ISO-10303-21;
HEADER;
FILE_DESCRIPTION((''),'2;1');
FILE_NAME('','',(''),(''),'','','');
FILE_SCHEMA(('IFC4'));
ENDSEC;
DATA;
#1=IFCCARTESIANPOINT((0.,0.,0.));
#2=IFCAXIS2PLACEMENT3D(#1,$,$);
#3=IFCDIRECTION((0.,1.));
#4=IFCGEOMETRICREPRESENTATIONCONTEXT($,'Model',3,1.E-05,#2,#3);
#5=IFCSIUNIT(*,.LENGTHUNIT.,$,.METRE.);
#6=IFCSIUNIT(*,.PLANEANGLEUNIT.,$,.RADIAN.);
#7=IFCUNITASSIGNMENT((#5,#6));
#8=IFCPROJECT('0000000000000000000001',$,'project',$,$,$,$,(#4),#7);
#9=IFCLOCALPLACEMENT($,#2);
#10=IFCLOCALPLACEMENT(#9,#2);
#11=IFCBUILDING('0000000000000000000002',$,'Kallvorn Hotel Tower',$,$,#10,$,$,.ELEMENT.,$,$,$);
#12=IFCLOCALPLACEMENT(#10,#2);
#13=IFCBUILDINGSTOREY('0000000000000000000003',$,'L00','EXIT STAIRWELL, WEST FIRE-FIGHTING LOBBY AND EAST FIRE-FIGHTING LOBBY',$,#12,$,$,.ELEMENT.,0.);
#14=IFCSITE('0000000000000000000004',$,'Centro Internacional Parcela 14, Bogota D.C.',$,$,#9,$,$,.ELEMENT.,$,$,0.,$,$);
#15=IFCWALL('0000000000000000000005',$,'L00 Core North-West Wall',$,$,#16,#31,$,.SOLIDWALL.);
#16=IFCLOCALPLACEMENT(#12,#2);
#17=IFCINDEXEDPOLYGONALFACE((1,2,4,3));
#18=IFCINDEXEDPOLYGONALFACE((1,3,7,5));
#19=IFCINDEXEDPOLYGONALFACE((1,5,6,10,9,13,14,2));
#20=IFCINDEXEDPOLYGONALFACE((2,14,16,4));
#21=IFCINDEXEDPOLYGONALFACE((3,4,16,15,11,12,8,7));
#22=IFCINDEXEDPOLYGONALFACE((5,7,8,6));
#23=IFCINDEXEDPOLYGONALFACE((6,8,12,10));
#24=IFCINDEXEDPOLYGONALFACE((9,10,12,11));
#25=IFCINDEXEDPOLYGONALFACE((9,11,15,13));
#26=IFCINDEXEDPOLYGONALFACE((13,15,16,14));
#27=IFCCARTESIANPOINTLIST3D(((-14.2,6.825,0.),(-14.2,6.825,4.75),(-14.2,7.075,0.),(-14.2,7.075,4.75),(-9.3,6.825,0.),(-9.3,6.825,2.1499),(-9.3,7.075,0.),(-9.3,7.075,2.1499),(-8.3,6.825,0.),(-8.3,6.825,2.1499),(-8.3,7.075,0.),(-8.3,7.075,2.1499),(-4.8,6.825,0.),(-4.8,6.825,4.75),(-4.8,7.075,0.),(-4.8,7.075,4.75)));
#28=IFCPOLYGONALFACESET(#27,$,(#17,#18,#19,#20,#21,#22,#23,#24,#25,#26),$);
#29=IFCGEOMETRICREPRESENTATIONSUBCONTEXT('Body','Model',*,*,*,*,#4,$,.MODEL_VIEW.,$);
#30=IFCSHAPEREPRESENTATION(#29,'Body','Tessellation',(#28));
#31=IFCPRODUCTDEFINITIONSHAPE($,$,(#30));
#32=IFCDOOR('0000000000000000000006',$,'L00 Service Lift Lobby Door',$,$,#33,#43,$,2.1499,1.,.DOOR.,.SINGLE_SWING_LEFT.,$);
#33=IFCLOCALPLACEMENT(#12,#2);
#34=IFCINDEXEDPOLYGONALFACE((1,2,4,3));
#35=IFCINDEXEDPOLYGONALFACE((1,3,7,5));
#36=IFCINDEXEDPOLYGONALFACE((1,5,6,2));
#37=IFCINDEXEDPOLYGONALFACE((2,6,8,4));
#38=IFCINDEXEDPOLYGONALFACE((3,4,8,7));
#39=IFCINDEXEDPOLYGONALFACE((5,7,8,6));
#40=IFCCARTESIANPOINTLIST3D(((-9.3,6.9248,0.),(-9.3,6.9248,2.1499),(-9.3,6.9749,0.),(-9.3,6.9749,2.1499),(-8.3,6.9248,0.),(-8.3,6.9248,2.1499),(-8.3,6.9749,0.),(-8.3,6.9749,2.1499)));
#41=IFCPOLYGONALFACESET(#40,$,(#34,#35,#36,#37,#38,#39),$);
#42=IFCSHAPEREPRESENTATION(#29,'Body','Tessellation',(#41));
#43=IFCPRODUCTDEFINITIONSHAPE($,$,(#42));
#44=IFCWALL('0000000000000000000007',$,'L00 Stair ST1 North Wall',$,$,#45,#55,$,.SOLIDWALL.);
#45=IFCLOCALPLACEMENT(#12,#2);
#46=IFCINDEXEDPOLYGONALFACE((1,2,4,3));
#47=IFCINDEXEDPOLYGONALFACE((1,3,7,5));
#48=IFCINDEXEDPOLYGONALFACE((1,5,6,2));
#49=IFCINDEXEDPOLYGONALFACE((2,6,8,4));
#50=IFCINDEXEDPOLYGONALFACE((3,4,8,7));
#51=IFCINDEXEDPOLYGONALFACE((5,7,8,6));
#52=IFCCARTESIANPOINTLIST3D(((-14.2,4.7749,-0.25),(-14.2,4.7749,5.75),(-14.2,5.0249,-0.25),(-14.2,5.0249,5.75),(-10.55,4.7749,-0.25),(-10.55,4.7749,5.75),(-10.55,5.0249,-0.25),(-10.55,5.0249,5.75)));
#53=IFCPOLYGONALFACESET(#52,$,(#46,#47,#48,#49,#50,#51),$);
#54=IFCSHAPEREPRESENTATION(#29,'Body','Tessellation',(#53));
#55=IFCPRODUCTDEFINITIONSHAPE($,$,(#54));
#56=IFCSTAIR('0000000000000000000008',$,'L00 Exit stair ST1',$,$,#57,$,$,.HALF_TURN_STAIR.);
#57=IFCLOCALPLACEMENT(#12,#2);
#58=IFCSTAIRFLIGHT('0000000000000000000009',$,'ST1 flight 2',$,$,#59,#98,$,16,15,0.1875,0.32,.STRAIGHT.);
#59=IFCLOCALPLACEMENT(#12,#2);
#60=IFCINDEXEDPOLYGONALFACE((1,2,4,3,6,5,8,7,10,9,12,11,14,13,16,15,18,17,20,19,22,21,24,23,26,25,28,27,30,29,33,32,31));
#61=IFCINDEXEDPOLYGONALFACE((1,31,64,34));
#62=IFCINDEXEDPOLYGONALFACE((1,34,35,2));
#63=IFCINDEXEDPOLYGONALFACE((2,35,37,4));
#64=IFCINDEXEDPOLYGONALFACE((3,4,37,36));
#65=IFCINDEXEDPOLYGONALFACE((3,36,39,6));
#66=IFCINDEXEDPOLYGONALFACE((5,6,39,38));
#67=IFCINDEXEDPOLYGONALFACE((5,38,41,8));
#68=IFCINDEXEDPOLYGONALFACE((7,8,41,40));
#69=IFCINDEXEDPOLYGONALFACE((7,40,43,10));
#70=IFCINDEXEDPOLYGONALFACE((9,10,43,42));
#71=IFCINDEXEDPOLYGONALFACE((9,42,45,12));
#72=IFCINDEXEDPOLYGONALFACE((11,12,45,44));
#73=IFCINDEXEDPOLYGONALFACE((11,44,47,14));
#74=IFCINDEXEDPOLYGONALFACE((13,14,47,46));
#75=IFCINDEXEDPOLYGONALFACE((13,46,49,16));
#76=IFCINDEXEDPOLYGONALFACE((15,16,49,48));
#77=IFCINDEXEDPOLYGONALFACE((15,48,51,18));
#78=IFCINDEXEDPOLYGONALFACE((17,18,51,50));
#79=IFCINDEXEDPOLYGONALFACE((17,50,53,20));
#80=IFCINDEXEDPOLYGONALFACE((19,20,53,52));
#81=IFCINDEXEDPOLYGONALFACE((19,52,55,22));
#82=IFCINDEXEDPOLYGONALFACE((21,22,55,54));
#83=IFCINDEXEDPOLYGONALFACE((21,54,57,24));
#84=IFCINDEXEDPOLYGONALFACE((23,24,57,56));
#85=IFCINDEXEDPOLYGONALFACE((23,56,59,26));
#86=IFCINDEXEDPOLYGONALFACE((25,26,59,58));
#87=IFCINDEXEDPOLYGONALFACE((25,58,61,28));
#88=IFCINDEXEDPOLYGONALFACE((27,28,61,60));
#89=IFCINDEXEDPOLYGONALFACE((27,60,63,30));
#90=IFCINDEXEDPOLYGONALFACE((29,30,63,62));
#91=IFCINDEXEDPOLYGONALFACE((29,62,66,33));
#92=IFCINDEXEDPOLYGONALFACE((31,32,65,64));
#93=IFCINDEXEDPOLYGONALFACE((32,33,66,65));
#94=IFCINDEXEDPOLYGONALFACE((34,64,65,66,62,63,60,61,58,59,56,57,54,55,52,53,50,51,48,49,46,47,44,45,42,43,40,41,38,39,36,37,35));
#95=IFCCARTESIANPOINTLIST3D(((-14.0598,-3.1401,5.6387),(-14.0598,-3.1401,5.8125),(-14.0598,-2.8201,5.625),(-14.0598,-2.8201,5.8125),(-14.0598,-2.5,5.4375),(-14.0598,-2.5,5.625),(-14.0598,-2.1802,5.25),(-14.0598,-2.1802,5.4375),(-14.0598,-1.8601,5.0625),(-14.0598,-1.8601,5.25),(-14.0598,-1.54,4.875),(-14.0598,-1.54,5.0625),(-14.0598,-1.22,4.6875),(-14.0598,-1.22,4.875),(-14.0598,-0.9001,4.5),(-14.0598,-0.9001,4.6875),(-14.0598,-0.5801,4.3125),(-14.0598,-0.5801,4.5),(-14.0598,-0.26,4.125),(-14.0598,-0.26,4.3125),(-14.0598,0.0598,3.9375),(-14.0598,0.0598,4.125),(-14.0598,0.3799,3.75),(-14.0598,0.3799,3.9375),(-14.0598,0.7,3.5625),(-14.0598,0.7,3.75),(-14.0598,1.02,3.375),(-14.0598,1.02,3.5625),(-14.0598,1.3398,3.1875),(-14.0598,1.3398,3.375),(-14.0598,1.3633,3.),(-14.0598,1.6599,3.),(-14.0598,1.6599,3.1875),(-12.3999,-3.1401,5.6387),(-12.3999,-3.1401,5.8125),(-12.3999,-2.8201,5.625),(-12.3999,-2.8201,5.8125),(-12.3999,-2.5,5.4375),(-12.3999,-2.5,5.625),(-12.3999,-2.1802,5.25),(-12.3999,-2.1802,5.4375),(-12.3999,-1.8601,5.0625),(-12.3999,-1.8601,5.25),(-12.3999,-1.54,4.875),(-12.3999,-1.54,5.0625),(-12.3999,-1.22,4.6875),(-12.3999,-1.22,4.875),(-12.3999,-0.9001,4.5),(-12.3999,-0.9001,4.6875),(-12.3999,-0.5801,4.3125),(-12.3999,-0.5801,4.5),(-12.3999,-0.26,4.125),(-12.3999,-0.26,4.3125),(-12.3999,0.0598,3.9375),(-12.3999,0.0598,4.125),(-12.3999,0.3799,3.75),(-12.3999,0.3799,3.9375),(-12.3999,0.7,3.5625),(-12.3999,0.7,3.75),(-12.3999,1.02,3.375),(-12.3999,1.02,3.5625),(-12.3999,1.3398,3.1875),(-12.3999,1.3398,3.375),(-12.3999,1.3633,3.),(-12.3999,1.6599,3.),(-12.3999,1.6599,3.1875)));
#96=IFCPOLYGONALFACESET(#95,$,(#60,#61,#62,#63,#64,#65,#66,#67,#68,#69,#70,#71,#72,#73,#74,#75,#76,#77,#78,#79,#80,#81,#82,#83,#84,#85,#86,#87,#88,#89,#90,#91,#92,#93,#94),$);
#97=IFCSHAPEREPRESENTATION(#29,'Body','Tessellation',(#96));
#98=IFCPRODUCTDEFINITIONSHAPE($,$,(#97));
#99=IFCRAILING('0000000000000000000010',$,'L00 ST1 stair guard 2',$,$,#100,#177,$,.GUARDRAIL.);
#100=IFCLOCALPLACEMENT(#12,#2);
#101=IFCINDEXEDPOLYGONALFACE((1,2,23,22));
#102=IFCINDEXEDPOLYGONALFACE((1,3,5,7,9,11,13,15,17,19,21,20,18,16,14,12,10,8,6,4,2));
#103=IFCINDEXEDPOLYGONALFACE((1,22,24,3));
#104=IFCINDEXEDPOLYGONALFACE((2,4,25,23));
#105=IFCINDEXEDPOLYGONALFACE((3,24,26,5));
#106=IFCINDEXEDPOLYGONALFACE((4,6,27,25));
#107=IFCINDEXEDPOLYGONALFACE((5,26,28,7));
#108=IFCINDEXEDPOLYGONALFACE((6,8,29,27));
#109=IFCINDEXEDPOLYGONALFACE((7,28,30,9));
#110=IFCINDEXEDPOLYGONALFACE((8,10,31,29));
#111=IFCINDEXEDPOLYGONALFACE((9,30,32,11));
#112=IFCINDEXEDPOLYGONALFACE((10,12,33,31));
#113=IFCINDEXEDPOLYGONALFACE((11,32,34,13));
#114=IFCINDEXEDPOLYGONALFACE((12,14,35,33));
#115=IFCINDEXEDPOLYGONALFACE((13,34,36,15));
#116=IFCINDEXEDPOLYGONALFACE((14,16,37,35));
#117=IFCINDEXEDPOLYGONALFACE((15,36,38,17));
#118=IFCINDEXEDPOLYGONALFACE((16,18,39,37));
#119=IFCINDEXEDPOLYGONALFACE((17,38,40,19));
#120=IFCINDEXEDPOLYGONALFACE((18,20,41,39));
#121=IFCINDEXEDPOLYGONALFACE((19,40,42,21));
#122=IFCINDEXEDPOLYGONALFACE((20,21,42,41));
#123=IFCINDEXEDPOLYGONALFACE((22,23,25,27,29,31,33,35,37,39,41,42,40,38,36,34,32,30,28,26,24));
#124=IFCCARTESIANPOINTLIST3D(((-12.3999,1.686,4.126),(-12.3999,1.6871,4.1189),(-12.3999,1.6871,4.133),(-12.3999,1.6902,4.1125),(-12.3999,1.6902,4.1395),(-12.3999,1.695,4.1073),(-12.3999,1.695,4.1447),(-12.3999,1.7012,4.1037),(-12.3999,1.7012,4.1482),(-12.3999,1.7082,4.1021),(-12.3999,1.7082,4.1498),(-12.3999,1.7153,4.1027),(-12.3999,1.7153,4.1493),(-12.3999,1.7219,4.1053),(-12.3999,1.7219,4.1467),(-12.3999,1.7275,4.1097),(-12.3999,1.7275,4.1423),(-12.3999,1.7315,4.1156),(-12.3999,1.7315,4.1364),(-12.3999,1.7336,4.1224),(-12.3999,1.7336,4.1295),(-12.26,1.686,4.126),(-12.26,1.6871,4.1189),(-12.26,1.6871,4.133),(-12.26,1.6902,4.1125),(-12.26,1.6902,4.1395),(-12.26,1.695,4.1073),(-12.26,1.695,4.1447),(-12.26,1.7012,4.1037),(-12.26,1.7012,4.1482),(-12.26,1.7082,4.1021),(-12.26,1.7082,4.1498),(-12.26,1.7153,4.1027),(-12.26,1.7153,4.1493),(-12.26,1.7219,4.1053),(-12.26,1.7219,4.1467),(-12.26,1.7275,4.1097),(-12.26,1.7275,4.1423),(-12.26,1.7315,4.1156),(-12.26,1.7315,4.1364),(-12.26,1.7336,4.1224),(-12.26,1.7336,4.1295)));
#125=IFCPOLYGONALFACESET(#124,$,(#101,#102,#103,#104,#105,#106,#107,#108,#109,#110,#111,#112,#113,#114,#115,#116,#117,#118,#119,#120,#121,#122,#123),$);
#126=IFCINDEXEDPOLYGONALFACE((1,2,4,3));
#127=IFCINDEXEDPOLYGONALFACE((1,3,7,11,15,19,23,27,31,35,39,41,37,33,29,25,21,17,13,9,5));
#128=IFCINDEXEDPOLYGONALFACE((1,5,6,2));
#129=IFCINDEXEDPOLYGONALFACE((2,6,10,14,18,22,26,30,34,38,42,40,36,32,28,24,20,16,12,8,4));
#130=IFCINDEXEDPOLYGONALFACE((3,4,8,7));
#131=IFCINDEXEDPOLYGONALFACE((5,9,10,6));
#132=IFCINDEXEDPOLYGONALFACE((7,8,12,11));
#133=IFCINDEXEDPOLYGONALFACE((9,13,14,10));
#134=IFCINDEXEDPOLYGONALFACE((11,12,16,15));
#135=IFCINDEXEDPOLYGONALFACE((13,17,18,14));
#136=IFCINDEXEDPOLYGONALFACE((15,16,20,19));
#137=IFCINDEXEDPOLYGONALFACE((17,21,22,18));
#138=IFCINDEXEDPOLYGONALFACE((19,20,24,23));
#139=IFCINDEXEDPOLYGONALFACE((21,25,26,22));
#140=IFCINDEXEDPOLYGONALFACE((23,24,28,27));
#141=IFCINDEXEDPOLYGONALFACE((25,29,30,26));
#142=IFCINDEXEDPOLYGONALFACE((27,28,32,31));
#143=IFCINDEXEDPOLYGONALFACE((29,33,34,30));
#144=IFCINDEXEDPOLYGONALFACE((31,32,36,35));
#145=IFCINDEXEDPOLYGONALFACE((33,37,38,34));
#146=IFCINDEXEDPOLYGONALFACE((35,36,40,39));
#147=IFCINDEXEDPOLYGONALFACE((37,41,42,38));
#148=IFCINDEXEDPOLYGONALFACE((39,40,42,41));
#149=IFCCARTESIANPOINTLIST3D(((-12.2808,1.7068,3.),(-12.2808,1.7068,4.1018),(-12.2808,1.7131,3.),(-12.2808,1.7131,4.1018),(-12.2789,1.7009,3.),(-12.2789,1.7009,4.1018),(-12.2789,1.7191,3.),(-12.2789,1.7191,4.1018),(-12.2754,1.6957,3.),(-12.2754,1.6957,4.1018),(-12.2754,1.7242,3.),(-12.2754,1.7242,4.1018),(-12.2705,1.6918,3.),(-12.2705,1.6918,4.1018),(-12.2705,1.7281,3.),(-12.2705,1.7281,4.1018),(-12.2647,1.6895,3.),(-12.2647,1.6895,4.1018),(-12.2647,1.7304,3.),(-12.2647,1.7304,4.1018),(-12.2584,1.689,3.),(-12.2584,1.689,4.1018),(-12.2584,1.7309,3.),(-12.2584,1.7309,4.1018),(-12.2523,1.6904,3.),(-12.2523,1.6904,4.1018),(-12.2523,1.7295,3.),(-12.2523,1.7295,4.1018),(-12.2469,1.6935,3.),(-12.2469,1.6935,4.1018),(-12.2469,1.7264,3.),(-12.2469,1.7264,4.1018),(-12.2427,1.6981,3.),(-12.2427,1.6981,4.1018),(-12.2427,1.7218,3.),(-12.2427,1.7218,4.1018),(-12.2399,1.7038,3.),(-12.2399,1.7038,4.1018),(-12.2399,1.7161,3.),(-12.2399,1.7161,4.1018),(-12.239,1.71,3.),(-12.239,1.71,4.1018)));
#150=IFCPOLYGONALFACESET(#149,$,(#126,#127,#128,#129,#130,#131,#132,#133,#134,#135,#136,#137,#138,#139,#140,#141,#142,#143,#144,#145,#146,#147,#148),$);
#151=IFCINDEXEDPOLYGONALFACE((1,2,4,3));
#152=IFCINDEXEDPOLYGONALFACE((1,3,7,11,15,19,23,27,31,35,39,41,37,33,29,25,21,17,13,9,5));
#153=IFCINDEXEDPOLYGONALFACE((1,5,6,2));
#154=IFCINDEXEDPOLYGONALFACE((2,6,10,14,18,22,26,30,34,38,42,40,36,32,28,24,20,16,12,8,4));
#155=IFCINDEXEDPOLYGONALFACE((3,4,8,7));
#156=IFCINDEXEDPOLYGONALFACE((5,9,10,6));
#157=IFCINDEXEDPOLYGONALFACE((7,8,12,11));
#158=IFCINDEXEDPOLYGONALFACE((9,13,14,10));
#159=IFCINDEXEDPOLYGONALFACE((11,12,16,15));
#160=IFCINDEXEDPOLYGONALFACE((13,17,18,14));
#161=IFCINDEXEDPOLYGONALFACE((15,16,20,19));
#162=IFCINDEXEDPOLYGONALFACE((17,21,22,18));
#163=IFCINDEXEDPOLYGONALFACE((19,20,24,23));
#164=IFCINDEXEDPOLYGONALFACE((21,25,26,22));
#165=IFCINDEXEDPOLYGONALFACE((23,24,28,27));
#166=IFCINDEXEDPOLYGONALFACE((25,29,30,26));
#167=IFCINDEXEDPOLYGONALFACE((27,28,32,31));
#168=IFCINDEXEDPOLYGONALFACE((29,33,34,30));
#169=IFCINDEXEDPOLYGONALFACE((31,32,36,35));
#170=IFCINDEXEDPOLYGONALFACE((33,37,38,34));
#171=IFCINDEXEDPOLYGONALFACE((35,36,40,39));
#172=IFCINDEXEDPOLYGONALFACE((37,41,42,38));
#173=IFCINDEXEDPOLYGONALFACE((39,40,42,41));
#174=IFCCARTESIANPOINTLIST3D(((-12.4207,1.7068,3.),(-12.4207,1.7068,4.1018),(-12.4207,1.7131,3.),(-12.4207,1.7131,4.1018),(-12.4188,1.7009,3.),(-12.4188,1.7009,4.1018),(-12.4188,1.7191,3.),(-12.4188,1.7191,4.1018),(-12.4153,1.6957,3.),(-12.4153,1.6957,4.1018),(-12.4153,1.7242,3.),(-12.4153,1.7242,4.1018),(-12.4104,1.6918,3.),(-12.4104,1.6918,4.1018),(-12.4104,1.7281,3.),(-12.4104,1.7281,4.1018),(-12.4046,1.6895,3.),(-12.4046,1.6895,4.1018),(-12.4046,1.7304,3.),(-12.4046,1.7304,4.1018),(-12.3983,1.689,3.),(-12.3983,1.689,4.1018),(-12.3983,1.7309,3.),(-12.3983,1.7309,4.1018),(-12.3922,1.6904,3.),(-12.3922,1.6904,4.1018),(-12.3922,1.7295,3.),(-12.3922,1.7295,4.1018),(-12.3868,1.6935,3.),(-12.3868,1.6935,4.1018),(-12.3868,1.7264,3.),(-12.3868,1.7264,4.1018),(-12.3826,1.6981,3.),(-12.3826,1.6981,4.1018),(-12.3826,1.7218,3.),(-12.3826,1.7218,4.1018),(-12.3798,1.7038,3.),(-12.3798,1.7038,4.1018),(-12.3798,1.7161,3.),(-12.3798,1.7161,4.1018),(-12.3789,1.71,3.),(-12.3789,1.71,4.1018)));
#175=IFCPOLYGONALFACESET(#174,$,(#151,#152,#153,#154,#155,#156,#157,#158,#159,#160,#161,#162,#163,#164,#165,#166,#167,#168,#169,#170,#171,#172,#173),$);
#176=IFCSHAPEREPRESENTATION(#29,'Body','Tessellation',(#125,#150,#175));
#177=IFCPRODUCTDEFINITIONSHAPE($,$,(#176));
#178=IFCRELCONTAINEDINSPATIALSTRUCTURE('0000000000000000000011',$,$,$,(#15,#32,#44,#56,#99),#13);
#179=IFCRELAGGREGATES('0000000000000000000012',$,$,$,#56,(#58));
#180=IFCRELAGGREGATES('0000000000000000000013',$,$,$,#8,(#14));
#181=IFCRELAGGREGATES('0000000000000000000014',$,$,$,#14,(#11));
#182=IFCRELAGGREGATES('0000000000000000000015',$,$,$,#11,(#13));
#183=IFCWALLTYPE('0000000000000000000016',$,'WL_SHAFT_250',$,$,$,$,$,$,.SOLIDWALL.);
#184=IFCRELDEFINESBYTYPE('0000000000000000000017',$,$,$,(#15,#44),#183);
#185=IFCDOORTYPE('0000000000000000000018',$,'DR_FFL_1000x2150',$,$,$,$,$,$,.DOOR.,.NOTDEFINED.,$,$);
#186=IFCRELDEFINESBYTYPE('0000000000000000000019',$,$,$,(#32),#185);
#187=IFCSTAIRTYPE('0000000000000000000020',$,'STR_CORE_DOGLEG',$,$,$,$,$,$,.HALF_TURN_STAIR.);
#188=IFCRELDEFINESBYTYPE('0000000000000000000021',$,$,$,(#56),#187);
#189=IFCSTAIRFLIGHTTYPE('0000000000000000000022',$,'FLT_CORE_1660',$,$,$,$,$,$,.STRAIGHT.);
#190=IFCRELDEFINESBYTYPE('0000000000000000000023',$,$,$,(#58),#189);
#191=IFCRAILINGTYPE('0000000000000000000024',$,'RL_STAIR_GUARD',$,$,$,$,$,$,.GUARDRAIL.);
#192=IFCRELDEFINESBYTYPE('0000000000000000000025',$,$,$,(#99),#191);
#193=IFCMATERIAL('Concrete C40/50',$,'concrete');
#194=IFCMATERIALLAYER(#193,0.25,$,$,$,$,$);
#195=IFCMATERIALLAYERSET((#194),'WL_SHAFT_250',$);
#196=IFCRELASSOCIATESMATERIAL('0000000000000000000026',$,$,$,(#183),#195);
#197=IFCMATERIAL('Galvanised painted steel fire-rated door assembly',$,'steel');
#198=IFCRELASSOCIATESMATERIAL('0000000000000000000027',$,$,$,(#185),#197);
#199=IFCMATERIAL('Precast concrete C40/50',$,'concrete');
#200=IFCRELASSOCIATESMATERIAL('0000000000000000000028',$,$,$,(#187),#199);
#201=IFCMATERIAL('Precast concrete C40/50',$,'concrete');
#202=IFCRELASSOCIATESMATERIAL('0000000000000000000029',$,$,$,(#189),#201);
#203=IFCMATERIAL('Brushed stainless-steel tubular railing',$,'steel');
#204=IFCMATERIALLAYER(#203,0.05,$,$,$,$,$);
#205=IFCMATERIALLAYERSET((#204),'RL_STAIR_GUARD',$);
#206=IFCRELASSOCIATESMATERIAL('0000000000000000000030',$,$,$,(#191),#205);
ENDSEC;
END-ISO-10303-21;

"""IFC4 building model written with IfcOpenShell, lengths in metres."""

from ifc_helpers import new_model, si_unit, direction, frame, frame_2d, origin, origin_2d, place, context, subcontext, project, spatial, polyline, rectangle, circle, outline, extrude, material, layer, layer_set, type_object, element, fill, aggregate, save


model = new_model("IFC4")

# Units and contexts
model_context = context("Model", 3, precision=1e-05, world=origin(), true_north=direction((0.0, 1.0)))
body_context = subcontext(model_context, "Body", "Model", "MODEL_VIEW")
ifc_project = project(units=[si_unit("LENGTHUNIT", "METRE"), si_unit("PLANEANGLEUNIT", "RADIAN")], contexts=[model_context])

# Site, building, storey
site_placement = place(None, origin())
site = spatial("IfcSite", under=ifc_project, at=site_placement, Name="Centro Internacional Parcela 14, Bogota D.C.", CompositionType="ELEMENT", RefElevation=0.0)
building_placement = place(site_placement, origin())
building = spatial("IfcBuilding", under=site, at=building_placement, Name="Kallvorn Hotel Tower", CompositionType="ELEMENT")
storey_placement = place(building_placement, origin())
storey = spatial("IfcBuildingStorey", under=building, at=storey_placement, Name="L00", Description="EXIT STAIRWELL, WEST FIRE-FIGHTING LOBBY AND EAST FIRE-FIGHTING LOBBY", CompositionType="ELEMENT", Elevation=0.0)

# Wall, opening, door
ifc_material_1 = material(Name="Concrete C40/50", Category="concrete")
ifc_layer_1 = layer(ifc_material_1, 0.25)
ifc_layer_set_1 = layer_set([ifc_layer_1], Name="WL_SHAFT_250")
wall_type_1 = type_object("IfcWallType", Name="WL_SHAFT_250", PredefinedType="SOLIDWALL", material=ifc_layer_set_1)
wall_1_placement = place(storey_placement, frame((-14.2, 6.95, 0.0), z_axis=(0.0, 0.0, 1.0), x_axis=(1.0, 0.0, 0.0)))
wall_1 = element("IfcWall", 1, at=wall_1_placement, inside=storey, type_object=wall_type_1, Name="L00 Core North-West Wall", PredefinedType="SOLIDWALL", context=body_context, shape_type="SweptSolid", body=[
    extrude(rectangle(XDim=9.3999, YDim=0.25, at=frame_2d((4.7, 0.0))), origin(), (0.0, 0.0, 1.0), 4.75),
])
opening_1_placement = place(wall_1_placement, frame((4.8999, 0.0, 0.0)))
opening_1 = element("IfcOpeningElement", 2, at=opening_1_placement, cuts=wall_1, PredefinedType="OPENING", context=body_context, shape_type="SweptSolid", body=[
    extrude(rectangle(XDim=1.0, YDim=2.1499, at=frame_2d((0.5, 1.075))), frame((0.0, 0.1399, 0.0), z_axis=(0.0, -1.0, 0.0), x_axis=(1.0, 0.0, 0.0)), (0.0, 0.0, 1.0), 0.28),
])
ifc_material_2 = material(Name="Galvanised painted steel fire-rated door assembly", Category="steel")
door_type_1 = type_object("IfcDoorType", Name="DR_FFL_1000x2150", OperationType="NOTDEFINED", PredefinedType="DOOR", material=ifc_material_2)
door_1_placement = place(opening_1_placement, origin())
door_1 = element("IfcDoor", 3, at=door_1_placement, inside=storey, type_object=door_type_1, Name="L00 Service Lift Lobby Door", OperationType="SINGLE_SWING_LEFT", OverallHeight=2.1499, OverallWidth=1.0, PredefinedType="DOOR", context=body_context, shape_type="SweptSolid", body=[
    extrude(rectangle(XDim=1.0, YDim=2.1499, at=frame_2d((0.5, 1.075))), frame((0.0, 0.0249, 0.0), z_axis=(0.0, -1.0, 0.0), x_axis=(1.0, 0.0, 0.0)), (0.0, 0.0, 1.0), 0.05),
])
fill(opening_1, door_1)

# Wall
wall_2_placement = place(storey_placement, frame((-14.2, 4.8999, -0.25), z_axis=(0.0, 0.0, 1.0), x_axis=(1.0, 0.0, 0.0)))
element("IfcWall", 4, at=wall_2_placement, inside=storey, type_object=wall_type_1, Name="L00 Stair ST1 North Wall", PredefinedType="SOLIDWALL", context=body_context, shape_type="SweptSolid", body=[
    extrude(rectangle(XDim=3.6499, YDim=0.25, at=frame_2d((1.825, 0.0))), origin(), (0.0, 0.0, 1.0), 6.0),
])

# Stair, stair flight
ifc_material_3 = material(Name="Precast concrete C40/50", Category="concrete")
stair_type = type_object("IfcStairType", Name="STR_CORE_DOGLEG", PredefinedType="HALF_TURN_STAIR", material=ifc_material_3)
stair_placement = place(storey_placement, origin())
stair = element("IfcStair", 5, at=stair_placement, inside=storey, type_object=stair_type, Name="L00 Exit stair ST1", PredefinedType="HALF_TURN_STAIR")
ifc_material_4 = material(Name="Precast concrete C40/50", Category="concrete")
stair_flight_type = type_object("IfcStairFlightType", Name="FLT_CORE_1660", PredefinedType="STRAIGHT", material=ifc_material_4)
stair_flight_placement = place(storey_placement, frame((-13.23, 1.6599, 3.0), z_axis=(0.0, 0.0, 1.0), x_axis=(0.0, -1.0, 0.0)))
stair_flight = element("IfcStairFlight", 6, at=stair_flight_placement, type_object=stair_flight_type, Name="ST1 flight 2", NumberOfRisers=16, NumberOfTreads=15, PredefinedType="STRAIGHT", RiserHeight=0.1875, TreadLength=0.32, context=body_context, shape_type="SweptSolid", body=[
    extrude(outline(polyline([(0.0, 0.0), (0.0, 0.1875), (0.3201, 0.1875), (0.3201, 0.375), (0.6399, 0.375), (0.6399, 0.5625), (0.96, 0.5625), (0.96, 0.75), (1.28, 0.75), (1.28, 0.9375), (1.6001, 0.9375), (1.6001, 1.125), (1.9199, 1.125), (1.9199, 1.3125), (2.24, 1.3125), (2.24, 1.5), (2.5601, 1.5), (2.5601, 1.6875), (2.8799, 1.6875), (2.8799, 1.875), (3.2, 1.875), (3.2, 2.0625), (3.52, 2.0625), (3.52, 2.25), (3.8401, 2.25), (3.8401, 2.4375), (4.1599, 2.4375), (4.1599, 2.625), (4.48, 2.625), (4.48, 2.8125), (4.8, 2.8125), (4.8, 3.0), (4.8, 2.6387), (0.2966, 0.0), (0.0, 0.0)])), frame((0.0, 0.8301, 0.0), z_axis=(0.0, -1.0, 0.0), x_axis=(1.0, 0.0, 0.0)), (0.0, 0.0, 1.0), 1.6599),
])
aggregate(stair, [stair_flight])

# Railing
ifc_material_5 = material(Name="Brushed stainless-steel tubular railing", Category="steel")
ifc_layer_2 = layer(ifc_material_5, 0.05)
ifc_layer_set_2 = layer_set([ifc_layer_2], Name="RL_STAIR_GUARD")
railing_type_1 = type_object("IfcRailingType", Name="RL_STAIR_GUARD", PredefinedType="GUARDRAIL", material=ifc_layer_set_2)
railing_1_placement = place(storey_placement, frame((-12.26, 1.71, 3.0)))
element("IfcRailing", 7, at=railing_1_placement, inside=storey, type_object=railing_type_1, Name="L00 ST1 stair guard 2", PredefinedType="GUARDRAIL", context=body_context, shape_type="SweptSolid", body=[
    extrude(circle(Radius=0.0239, at=origin_2d()), frame((0.0, 0.0, 1.126), z_axis=(-1.0, 0.0, 0.0), x_axis=(0.0, -1.0, 0.0)), (0.0, 0.0, 1.0), 0.1399),
    extrude(circle(Radius=0.021, at=origin_2d()), origin(), (0.0, 0.0, 1.0), 1.1018),
    extrude(circle(Radius=0.021, at=origin_2d()), frame((-0.1399, 0.0, 0.0)), (0.0, 0.0, 1.0), 1.1018),
])

save(model, "model.ifc")
